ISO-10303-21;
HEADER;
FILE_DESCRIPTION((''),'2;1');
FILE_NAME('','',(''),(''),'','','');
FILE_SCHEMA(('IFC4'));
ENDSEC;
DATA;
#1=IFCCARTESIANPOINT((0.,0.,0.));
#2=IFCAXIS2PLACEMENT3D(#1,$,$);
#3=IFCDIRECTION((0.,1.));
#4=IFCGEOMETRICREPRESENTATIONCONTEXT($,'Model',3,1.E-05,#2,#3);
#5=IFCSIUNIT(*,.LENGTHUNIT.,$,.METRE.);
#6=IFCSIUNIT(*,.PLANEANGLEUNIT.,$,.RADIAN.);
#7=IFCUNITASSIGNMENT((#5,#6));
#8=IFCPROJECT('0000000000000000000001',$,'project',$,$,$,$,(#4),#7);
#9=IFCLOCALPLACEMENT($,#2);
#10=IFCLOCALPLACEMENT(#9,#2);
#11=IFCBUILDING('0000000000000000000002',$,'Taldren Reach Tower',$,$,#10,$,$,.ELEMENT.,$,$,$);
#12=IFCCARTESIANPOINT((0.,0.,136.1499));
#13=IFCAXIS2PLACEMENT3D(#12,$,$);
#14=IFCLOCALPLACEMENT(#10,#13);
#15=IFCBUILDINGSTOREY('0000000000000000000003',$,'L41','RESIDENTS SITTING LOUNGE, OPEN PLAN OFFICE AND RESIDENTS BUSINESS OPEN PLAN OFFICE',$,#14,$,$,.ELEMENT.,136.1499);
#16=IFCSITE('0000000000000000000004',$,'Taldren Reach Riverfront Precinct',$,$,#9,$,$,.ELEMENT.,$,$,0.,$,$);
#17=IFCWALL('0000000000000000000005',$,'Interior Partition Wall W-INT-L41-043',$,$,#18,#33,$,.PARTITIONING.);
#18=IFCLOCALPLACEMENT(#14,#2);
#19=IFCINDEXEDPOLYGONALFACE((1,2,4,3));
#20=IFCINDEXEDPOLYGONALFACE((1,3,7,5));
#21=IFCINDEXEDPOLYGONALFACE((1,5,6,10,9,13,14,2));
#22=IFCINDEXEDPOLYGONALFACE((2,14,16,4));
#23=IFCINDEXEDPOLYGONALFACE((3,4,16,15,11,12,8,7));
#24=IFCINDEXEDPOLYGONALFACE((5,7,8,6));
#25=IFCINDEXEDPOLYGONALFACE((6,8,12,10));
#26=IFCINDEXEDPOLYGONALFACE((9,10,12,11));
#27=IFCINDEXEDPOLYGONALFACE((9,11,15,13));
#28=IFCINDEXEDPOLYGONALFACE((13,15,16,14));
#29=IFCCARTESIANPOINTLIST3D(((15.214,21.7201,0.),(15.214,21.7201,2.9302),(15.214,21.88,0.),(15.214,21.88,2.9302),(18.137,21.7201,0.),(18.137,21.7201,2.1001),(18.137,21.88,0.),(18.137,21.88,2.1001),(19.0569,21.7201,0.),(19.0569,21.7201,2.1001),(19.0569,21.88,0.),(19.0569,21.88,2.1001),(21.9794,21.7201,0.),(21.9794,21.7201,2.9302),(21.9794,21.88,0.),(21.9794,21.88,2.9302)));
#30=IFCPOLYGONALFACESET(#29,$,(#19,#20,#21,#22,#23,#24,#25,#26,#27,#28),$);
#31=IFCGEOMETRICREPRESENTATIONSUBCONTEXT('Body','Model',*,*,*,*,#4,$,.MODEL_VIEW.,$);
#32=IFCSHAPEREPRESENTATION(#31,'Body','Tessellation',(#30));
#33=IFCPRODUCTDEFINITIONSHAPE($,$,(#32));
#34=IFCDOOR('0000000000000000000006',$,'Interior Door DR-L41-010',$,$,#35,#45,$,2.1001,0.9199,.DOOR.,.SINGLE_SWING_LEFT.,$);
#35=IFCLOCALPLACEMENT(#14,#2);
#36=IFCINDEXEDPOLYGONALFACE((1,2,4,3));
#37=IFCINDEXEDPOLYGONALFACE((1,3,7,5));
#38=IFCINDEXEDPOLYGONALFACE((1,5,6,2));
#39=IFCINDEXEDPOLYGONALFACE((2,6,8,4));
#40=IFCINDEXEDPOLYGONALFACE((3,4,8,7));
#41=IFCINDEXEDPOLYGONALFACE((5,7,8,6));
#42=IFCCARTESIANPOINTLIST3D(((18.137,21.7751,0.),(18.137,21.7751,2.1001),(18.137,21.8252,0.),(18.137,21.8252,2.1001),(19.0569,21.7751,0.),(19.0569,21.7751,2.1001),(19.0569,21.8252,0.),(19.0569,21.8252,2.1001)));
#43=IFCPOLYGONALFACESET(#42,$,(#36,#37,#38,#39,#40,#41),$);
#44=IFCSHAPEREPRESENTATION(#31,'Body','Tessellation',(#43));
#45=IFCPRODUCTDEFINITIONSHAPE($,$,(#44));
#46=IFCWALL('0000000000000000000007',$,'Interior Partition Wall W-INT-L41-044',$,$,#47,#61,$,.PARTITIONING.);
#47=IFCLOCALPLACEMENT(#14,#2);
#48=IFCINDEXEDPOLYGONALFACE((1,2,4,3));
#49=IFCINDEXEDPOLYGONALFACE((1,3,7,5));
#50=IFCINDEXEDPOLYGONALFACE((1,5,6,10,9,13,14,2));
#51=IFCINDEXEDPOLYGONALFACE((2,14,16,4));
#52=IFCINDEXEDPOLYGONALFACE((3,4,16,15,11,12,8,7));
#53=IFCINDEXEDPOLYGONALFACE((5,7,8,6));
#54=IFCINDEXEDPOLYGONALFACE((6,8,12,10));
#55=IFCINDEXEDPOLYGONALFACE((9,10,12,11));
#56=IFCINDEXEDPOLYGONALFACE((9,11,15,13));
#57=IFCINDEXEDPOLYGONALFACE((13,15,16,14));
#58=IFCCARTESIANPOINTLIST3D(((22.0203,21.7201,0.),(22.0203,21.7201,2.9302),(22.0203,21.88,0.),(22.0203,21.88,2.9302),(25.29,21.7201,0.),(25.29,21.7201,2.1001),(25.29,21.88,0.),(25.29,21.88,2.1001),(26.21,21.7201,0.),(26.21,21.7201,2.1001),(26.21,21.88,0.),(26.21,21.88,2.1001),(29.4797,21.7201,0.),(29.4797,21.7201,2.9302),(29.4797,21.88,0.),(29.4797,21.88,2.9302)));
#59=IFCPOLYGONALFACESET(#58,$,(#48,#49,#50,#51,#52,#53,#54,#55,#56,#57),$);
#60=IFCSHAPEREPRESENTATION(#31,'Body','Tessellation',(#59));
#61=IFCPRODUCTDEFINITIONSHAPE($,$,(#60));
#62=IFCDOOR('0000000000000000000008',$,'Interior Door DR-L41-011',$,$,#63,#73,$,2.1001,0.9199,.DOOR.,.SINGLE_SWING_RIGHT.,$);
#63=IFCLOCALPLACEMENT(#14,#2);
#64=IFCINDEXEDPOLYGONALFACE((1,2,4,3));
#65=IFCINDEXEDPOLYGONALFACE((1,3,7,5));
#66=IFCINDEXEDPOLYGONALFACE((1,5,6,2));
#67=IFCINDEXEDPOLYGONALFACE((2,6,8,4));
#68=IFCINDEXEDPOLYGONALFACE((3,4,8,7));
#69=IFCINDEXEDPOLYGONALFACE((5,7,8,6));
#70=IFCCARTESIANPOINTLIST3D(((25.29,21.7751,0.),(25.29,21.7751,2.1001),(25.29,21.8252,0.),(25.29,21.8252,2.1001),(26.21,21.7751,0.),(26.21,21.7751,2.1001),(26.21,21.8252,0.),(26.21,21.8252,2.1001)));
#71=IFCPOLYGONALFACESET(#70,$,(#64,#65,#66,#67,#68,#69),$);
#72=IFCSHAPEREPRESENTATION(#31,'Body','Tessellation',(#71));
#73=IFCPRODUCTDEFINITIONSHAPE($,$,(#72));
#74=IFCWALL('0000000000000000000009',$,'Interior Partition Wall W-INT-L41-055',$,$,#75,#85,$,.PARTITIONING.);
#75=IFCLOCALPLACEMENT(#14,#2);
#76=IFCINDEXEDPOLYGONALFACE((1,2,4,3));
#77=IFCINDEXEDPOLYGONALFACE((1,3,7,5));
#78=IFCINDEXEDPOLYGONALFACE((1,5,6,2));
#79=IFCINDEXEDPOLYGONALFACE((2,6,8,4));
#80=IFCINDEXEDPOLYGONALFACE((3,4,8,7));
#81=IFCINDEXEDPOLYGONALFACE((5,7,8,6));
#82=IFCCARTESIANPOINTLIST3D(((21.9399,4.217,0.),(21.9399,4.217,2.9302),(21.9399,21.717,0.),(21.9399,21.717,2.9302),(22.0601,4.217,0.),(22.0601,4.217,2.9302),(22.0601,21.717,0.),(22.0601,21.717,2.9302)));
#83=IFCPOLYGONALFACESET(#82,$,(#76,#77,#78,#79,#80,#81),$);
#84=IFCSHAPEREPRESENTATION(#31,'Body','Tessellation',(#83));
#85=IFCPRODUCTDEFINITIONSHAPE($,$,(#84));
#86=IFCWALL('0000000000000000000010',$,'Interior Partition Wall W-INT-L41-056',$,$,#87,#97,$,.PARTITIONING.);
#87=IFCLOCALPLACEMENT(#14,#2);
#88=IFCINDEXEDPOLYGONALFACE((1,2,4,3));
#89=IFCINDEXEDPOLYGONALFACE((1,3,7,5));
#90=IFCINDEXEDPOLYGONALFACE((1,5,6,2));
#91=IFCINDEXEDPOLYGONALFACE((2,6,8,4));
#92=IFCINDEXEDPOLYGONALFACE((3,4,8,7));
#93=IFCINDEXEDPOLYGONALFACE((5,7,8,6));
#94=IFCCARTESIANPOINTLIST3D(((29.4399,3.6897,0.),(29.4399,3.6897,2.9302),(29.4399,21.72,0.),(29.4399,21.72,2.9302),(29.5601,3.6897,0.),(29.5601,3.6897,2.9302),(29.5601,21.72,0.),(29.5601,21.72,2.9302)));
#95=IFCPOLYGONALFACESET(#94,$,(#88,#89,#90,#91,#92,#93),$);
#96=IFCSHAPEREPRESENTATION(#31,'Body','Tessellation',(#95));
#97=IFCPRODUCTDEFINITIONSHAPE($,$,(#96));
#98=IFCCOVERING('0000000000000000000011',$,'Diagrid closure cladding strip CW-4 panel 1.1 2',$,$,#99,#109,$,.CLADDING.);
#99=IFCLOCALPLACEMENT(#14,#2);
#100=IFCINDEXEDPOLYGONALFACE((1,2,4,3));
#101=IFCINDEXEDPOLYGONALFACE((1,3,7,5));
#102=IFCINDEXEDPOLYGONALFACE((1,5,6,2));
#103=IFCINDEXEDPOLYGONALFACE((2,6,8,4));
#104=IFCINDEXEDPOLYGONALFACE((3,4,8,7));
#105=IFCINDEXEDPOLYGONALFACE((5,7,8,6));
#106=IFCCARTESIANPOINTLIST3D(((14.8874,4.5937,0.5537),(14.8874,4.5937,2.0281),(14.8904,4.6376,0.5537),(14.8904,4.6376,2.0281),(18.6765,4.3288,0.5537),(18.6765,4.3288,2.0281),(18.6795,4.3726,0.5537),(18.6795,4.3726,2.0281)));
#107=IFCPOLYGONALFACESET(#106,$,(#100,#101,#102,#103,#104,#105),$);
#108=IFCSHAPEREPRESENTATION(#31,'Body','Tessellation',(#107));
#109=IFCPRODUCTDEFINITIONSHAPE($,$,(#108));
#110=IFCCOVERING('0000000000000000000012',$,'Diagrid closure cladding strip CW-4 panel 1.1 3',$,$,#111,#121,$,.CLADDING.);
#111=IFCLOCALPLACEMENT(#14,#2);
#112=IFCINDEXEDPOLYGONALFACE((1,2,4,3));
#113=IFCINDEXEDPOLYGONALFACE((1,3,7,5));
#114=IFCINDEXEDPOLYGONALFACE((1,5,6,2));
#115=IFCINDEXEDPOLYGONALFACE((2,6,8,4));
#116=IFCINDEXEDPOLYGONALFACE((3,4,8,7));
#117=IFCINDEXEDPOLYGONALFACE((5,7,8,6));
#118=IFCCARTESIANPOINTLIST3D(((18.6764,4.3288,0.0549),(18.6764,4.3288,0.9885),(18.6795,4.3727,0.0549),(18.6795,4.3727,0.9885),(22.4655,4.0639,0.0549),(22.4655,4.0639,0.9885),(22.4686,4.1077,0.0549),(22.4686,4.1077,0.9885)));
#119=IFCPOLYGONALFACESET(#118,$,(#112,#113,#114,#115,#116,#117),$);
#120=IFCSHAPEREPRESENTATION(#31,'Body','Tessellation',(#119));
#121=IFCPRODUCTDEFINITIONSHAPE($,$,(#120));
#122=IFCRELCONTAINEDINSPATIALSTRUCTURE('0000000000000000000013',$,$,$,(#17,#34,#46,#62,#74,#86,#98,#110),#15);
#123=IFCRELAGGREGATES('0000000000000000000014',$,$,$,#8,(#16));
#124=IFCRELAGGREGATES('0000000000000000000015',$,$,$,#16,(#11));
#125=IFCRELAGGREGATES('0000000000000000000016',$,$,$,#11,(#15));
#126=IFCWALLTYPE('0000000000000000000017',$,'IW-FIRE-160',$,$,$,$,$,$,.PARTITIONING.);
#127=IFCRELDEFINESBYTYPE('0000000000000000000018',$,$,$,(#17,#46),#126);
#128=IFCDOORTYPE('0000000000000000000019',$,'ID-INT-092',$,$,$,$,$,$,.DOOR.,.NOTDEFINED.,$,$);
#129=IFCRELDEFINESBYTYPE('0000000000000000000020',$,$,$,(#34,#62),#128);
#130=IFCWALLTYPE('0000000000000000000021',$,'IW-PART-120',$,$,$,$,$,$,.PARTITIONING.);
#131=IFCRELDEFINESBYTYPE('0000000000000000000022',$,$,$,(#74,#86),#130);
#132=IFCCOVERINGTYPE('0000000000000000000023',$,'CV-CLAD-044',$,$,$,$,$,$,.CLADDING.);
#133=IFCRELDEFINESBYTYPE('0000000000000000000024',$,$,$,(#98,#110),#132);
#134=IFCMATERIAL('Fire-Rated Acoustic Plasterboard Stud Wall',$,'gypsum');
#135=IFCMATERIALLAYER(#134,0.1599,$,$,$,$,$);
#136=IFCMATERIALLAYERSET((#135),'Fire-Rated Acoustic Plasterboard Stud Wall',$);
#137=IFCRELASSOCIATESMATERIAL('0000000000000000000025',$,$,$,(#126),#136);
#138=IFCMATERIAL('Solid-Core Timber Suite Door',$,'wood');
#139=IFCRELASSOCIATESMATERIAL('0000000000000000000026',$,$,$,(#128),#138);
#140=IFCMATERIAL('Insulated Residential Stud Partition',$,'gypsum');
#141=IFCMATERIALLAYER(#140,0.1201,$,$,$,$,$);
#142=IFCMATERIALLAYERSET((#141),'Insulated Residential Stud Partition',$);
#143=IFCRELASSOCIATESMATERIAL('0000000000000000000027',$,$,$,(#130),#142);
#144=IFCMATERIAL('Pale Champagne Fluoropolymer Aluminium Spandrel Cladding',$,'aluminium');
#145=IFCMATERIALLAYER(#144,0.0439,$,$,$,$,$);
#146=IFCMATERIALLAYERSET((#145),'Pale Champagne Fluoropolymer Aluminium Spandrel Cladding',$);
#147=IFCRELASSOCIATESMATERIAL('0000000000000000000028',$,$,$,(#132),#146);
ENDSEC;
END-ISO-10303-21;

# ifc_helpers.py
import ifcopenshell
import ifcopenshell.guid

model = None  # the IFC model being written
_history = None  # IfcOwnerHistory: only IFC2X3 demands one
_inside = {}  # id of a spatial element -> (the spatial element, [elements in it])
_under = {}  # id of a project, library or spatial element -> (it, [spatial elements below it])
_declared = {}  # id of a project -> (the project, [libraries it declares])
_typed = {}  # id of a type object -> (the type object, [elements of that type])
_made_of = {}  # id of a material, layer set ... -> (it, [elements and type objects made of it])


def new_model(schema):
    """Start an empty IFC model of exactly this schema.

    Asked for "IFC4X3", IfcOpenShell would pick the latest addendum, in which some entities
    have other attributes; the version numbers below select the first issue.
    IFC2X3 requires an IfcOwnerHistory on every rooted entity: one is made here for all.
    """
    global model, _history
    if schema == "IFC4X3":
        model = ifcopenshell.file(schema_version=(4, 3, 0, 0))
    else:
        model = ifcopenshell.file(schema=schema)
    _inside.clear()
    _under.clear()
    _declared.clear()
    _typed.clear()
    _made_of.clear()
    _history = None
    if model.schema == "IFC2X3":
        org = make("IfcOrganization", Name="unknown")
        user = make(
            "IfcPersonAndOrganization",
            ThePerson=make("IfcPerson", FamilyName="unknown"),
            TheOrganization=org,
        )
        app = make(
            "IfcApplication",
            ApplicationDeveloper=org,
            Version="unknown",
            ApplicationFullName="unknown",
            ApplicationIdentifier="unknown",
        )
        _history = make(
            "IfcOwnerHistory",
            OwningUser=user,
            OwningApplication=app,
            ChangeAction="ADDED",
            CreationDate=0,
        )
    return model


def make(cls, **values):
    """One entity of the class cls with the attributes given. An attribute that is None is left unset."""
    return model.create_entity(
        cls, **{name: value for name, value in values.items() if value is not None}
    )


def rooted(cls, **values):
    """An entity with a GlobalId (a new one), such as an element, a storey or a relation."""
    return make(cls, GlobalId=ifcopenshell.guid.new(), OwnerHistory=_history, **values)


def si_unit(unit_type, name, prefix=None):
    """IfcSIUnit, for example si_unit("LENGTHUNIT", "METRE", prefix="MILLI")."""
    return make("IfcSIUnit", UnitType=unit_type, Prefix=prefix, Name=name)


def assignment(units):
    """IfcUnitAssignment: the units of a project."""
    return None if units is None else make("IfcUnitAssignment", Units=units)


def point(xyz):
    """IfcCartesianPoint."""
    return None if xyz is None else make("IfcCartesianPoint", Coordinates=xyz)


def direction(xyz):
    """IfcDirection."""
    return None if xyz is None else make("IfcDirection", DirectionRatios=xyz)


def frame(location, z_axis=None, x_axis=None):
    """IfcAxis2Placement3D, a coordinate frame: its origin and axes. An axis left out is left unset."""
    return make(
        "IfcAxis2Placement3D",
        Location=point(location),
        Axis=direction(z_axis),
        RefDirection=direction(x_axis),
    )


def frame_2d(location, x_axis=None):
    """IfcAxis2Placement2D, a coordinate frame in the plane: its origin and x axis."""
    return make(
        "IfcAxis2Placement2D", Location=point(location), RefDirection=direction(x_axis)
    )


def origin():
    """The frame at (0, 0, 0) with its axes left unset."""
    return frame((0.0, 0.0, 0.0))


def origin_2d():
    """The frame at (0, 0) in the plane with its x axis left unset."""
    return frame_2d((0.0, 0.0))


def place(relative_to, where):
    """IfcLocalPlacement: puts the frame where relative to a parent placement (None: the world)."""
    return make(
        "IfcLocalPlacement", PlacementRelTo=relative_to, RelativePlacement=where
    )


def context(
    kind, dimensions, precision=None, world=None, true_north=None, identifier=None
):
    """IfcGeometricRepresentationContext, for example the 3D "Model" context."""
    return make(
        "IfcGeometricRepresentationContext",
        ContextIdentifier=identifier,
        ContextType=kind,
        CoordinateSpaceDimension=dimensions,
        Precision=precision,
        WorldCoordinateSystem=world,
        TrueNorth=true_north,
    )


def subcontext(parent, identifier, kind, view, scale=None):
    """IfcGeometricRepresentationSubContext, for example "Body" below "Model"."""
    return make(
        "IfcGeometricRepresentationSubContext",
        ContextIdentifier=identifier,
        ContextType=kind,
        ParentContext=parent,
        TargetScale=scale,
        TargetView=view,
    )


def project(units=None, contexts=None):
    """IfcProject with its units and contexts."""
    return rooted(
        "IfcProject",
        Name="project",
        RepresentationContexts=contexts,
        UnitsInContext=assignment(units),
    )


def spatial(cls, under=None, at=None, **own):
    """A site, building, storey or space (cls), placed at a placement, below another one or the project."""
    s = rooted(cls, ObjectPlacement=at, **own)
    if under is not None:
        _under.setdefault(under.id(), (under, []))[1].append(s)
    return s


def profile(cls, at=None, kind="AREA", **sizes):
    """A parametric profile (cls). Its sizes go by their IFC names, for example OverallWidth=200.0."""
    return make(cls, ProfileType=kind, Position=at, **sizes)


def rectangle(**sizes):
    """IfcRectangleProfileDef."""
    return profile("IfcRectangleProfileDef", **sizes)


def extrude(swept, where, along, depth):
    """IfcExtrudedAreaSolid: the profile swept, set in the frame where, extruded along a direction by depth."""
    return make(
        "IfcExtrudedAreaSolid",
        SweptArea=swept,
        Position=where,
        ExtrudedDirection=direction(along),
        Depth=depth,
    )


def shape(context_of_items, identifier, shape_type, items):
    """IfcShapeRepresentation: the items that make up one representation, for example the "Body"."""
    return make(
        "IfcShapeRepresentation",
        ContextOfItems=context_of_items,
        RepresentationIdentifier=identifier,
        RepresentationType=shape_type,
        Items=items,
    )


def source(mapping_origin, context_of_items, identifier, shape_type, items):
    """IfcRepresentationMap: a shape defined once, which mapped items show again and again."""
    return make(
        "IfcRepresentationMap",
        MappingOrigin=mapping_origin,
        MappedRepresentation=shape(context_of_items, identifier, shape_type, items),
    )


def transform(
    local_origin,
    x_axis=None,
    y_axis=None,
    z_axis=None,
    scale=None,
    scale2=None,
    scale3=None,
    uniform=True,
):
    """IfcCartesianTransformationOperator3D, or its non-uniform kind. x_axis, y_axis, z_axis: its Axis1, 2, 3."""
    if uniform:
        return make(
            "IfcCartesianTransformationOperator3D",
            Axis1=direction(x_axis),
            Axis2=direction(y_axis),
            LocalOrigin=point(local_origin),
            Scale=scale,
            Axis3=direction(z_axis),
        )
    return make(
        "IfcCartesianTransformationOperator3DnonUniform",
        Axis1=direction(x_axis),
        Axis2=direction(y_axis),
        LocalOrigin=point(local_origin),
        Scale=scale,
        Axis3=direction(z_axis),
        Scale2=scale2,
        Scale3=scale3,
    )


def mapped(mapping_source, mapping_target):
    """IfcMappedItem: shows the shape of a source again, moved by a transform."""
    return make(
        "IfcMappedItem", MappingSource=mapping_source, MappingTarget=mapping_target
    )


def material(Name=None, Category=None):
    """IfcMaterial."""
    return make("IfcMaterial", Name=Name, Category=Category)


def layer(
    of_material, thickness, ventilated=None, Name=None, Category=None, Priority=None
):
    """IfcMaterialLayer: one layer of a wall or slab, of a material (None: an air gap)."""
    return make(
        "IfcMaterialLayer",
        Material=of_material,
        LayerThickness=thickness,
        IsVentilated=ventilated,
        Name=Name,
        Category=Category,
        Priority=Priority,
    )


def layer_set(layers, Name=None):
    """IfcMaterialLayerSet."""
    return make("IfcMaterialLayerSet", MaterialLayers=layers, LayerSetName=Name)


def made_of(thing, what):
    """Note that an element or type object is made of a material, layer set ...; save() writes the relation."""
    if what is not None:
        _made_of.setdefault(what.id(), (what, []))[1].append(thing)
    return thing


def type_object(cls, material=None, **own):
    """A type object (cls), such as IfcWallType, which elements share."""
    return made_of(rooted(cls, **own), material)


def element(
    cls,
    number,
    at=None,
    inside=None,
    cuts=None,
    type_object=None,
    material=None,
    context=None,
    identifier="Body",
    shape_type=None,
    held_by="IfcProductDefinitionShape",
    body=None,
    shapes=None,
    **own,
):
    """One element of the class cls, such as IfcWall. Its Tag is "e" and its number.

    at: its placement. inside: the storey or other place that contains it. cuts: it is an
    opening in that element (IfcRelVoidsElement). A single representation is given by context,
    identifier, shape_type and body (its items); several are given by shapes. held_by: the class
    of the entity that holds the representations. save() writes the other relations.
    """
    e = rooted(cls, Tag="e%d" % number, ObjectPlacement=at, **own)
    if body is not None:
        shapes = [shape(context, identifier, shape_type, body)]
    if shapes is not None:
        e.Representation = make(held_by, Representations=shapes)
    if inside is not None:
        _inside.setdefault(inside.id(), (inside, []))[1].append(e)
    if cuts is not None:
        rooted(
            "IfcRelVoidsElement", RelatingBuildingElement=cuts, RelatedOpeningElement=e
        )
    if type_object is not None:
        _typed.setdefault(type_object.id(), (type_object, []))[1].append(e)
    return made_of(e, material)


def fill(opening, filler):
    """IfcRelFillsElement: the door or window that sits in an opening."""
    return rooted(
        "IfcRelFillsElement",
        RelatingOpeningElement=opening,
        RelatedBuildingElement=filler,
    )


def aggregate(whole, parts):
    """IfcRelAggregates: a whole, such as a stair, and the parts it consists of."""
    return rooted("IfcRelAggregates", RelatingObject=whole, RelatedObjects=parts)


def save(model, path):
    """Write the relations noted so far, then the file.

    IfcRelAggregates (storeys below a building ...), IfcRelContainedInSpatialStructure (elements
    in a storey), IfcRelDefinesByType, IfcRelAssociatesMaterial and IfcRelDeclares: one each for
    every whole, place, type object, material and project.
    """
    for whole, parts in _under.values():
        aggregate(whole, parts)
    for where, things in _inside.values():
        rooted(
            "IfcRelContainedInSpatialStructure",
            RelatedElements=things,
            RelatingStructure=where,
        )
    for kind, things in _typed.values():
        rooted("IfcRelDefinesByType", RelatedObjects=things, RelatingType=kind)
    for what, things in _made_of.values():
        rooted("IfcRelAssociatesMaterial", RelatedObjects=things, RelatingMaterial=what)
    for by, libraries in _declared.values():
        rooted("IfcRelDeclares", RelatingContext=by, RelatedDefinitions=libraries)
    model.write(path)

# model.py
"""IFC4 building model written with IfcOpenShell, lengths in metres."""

from ifc_helpers import new_model, si_unit, direction, frame, frame_2d, origin, origin_2d, place, context, subcontext, project, spatial, rectangle, extrude, source, transform, mapped, material, layer, layer_set, type_object, element, fill, save


model = new_model("IFC4")

# Units and contexts
model_context = context("Model", 3, precision=1e-05, world=origin(), true_north=direction((0.0, 1.0)))
body_context = subcontext(model_context, "Body", "Model", "MODEL_VIEW")
ifc_project = project(units=[si_unit("LENGTHUNIT", "METRE"), si_unit("PLANEANGLEUNIT", "RADIAN")], contexts=[model_context])

# Site, building, storey
site_placement = place(None, origin())
site = spatial("IfcSite", under=ifc_project, at=site_placement, Name="Taldren Reach Riverfront Precinct", CompositionType="ELEMENT", RefElevation=0.0)
building_placement = place(site_placement, origin())
building = spatial("IfcBuilding", under=site, at=building_placement, Name="Taldren Reach Tower", CompositionType="ELEMENT")
storey_placement = place(building_placement, frame((0.0, 0.0, 136.1499)))
storey = spatial("IfcBuildingStorey", under=building, at=storey_placement, Name="L41", Description="RESIDENTS SITTING LOUNGE, OPEN PLAN OFFICE AND RESIDENTS BUSINESS OPEN PLAN OFFICE", CompositionType="ELEMENT", Elevation=136.1499)

# Shared definitions
ifc_material_1 = material(Name="Fire-Rated Acoustic Plasterboard Stud Wall", Category="gypsum")
ifc_layer_1 = layer(ifc_material_1, 0.1599)
ifc_layer_set_1 = layer_set([ifc_layer_1], Name="Fire-Rated Acoustic Plasterboard Stud Wall")
wall_type_1 = type_object("IfcWallType", Name="IW-FIRE-160", PredefinedType="PARTITIONING", material=ifc_layer_set_1)

# Walls, openings, doors
shared_shape_1 = source(origin(), body_context, "Body", "SweptSolid", [
    extrude(rectangle(XDim=6.7654, YDim=0.1599, at=frame_2d((3.3828, 0.0))), origin(), (0.0, 0.0, 1.0), 2.9302),
])
wall_1_placement = place(storey_placement, frame((21.9795, 21.8, 0.0), z_axis=(0.0, 0.0, 1.0), x_axis=(-1.0, 0.0, 0.0)))
wall_1 = element("IfcWall", 1, at=wall_1_placement, inside=storey, type_object=wall_type_1, Name="Interior Partition Wall W-INT-L41-043", PredefinedType="PARTITIONING", context=body_context, shape_type="MappedRepresentation", body=[
    mapped(shared_shape_1, transform((0.0, 0.0, 0.0), scale=1.0)),
])
shared_shape_2 = source(origin(), body_context, "Body", "SweptSolid", [
    extrude(rectangle(XDim=0.9199, YDim=2.1001, at=frame_2d((0.46, 1.05))), frame((0.0, 0.0898, 0.0), z_axis=(0.0, -1.0, 0.0), x_axis=(1.0, 0.0, 0.0)), (0.0, 0.0, 1.0), 0.1799),
])
opening_1_placement = place(wall_1_placement, frame((2.9226, 0.0, 0.0)))
opening_1 = element("IfcOpeningElement", 2, at=opening_1_placement, cuts=wall_1, PredefinedType="OPENING", context=body_context, shape_type="MappedRepresentation", body=[
    mapped(shared_shape_2, transform((0.0, 0.0, 0.0), scale=1.0)),
])
ifc_material_2 = material(Name="Solid-Core Timber Suite Door", Category="wood")
door_type_1 = type_object("IfcDoorType", Name="ID-INT-092", OperationType="NOTDEFINED", PredefinedType="DOOR", material=ifc_material_2)
shared_shape_3 = source(origin(), body_context, "Body", "SweptSolid", [
    extrude(rectangle(XDim=0.9199, YDim=2.1001, at=frame_2d((0.46, 1.05))), frame((0.0, 0.0249, 0.0), z_axis=(0.0, -1.0, 0.0), x_axis=(1.0, 0.0, 0.0)), (0.0, 0.0, 1.0), 0.05),
])
door_1_placement = place(opening_1_placement, origin())
door_1 = element("IfcDoor", 3, at=door_1_placement, inside=storey, type_object=door_type_1, Name="Interior Door DR-L41-010", OperationType="SINGLE_SWING_LEFT", OverallHeight=2.1001, OverallWidth=0.9199, PredefinedType="DOOR", context=body_context, shape_type="MappedRepresentation", body=[
    mapped(shared_shape_3, transform((0.0, 0.0, 0.0), scale=1.0)),
])
fill(opening_1, door_1)
shared_shape_4 = source(origin(), body_context, "Body", "SweptSolid", [
    extrude(rectangle(XDim=7.4595, YDim=0.1599, at=frame_2d((3.7297, 0.0))), origin(), (0.0, 0.0, 1.0), 2.9302),
])
wall_2_placement = place(storey_placement, frame((29.4797, 21.8, 0.0), z_axis=(0.0, 0.0, 1.0), x_axis=(-1.0, 0.0, 0.0)))
wall_2 = element("IfcWall", 4, at=wall_2_placement, inside=storey, type_object=wall_type_1, Name="Interior Partition Wall W-INT-L41-044", PredefinedType="PARTITIONING", context=body_context, shape_type="MappedRepresentation", body=[
    mapped(shared_shape_4, transform((0.0, 0.0, 0.0), scale=1.0)),
])
opening_2_placement = place(wall_2_placement, frame((3.2698, 0.0, 0.0)))
opening_2 = element("IfcOpeningElement", 5, at=opening_2_placement, cuts=wall_2, PredefinedType="OPENING", context=body_context, shape_type="MappedRepresentation", body=[
    mapped(shared_shape_2, transform((0.0, 0.0, 0.0), scale=1.0)),
])
door_2_placement = place(opening_2_placement, origin())
door_2 = element("IfcDoor", 6, at=door_2_placement, inside=storey, type_object=door_type_1, Name="Interior Door DR-L41-011", OperationType="SINGLE_SWING_RIGHT", OverallHeight=2.1001, OverallWidth=0.9199, PredefinedType="DOOR", context=body_context, shape_type="MappedRepresentation", body=[
    mapped(shared_shape_3, transform((0.0, 0.0, 0.0), scale=1.0)),
])
fill(opening_2, door_2)

# Walls
ifc_material_3 = material(Name="Insulated Residential Stud Partition", Category="gypsum")
ifc_layer_2 = layer(ifc_material_3, 0.1201)
ifc_layer_set_2 = layer_set([ifc_layer_2], Name="Insulated Residential Stud Partition")
wall_type_2 = type_object("IfcWallType", Name="IW-PART-120", PredefinedType="PARTITIONING", material=ifc_layer_set_2)
shared_shape_5 = source(origin(), body_context, "Body", "SweptSolid", [
    extrude(rectangle(XDim=17.5, YDim=0.1201, at=frame_2d((8.75, 0.0))), origin(), (0.0, 0.0, 1.0), 2.9302),
])
wall_3_placement = place(storey_placement, frame((22.0, 21.717, 0.0), z_axis=(0.0, 0.0, 1.0), x_axis=(0.0, -1.0, 0.0)))
element("IfcWall", 7, at=wall_3_placement, inside=storey, type_object=wall_type_2, Name="Interior Partition Wall W-INT-L41-055", PredefinedType="PARTITIONING", context=body_context, shape_type="MappedRepresentation", body=[
    mapped(shared_shape_5, transform((0.0, 0.0, 0.0), scale=1.0)),
])
shared_shape_6 = source(origin(), body_context, "Body", "SweptSolid", [
    extrude(rectangle(XDim=18.0303, YDim=0.1201, at=frame_2d((9.0151, 0.0))), origin(), (0.0, 0.0, 1.0), 2.9302),
])
wall_4_placement = place(storey_placement, frame((29.5, 21.72, 0.0), z_axis=(0.0, 0.0, 1.0), x_axis=(0.0, -1.0, 0.0)))
element("IfcWall", 8, at=wall_4_placement, inside=storey, type_object=wall_type_2, Name="Interior Partition Wall W-INT-L41-056", PredefinedType="PARTITIONING", context=body_context, shape_type="MappedRepresentation", body=[
    mapped(shared_shape_6, transform((0.0, 0.0, 0.0), scale=1.0)),
])

# Coverings
ifc_material_4 = material(Name="Pale Champagne Fluoropolymer Aluminium Spandrel Cladding", Category="aluminium")
ifc_layer_3 = layer(ifc_material_4, 0.0439)
ifc_layer_set_3 = layer_set([ifc_layer_3], Name="Pale Champagne Fluoropolymer Aluminium Spandrel Cladding")
covering_type = type_object("IfcCoveringType", Name="CV-CLAD-044", PredefinedType="CLADDING", material=ifc_layer_set_3)
shared_shape_7 = source(origin(), body_context, "Body", "SweptSolid", [
    extrude(rectangle(XDim=3.7983, YDim=0.0439, at=origin_2d()), origin(), (0.0, 0.0, 1.0), 1.4744),
])
covering_1_placement = place(storey_placement, frame((16.7834, 4.4832, 0.5537), z_axis=(0.0, 0.0, 1.0), x_axis=(0.997564, -0.069757, 0.0)))
element("IfcCovering", 9, at=covering_1_placement, inside=storey, type_object=covering_type, Name="Diagrid closure cladding strip CW-4 panel 1.1 2", PredefinedType="CLADDING", context=body_context, shape_type="MappedRepresentation", body=[
    mapped(shared_shape_7, transform((0.0, 0.0, 0.0), scale=1.0)),
])
shared_shape_8 = source(origin(), body_context, "Body", "SweptSolid", [
    extrude(rectangle(XDim=3.7983, YDim=0.0439, at=origin_2d()), origin(), (0.0, 0.0, 1.0), 0.9336),
])
covering_2_placement = place(storey_placement, frame((20.5725, 4.2183, 0.0549), z_axis=(0.0, 0.0, 1.0), x_axis=(0.997564, -0.069757, 0.0)))
element("IfcCovering", 10, at=covering_2_placement, inside=storey, type_object=covering_type, Name="Diagrid closure cladding strip CW-4 panel 1.1 3", PredefinedType="CLADDING", context=body_context, shape_type="MappedRepresentation", body=[
    mapped(shared_shape_8, transform((0.0, 0.0, 0.0), scale=1.0)),
])

save(model, "model.ifc")
